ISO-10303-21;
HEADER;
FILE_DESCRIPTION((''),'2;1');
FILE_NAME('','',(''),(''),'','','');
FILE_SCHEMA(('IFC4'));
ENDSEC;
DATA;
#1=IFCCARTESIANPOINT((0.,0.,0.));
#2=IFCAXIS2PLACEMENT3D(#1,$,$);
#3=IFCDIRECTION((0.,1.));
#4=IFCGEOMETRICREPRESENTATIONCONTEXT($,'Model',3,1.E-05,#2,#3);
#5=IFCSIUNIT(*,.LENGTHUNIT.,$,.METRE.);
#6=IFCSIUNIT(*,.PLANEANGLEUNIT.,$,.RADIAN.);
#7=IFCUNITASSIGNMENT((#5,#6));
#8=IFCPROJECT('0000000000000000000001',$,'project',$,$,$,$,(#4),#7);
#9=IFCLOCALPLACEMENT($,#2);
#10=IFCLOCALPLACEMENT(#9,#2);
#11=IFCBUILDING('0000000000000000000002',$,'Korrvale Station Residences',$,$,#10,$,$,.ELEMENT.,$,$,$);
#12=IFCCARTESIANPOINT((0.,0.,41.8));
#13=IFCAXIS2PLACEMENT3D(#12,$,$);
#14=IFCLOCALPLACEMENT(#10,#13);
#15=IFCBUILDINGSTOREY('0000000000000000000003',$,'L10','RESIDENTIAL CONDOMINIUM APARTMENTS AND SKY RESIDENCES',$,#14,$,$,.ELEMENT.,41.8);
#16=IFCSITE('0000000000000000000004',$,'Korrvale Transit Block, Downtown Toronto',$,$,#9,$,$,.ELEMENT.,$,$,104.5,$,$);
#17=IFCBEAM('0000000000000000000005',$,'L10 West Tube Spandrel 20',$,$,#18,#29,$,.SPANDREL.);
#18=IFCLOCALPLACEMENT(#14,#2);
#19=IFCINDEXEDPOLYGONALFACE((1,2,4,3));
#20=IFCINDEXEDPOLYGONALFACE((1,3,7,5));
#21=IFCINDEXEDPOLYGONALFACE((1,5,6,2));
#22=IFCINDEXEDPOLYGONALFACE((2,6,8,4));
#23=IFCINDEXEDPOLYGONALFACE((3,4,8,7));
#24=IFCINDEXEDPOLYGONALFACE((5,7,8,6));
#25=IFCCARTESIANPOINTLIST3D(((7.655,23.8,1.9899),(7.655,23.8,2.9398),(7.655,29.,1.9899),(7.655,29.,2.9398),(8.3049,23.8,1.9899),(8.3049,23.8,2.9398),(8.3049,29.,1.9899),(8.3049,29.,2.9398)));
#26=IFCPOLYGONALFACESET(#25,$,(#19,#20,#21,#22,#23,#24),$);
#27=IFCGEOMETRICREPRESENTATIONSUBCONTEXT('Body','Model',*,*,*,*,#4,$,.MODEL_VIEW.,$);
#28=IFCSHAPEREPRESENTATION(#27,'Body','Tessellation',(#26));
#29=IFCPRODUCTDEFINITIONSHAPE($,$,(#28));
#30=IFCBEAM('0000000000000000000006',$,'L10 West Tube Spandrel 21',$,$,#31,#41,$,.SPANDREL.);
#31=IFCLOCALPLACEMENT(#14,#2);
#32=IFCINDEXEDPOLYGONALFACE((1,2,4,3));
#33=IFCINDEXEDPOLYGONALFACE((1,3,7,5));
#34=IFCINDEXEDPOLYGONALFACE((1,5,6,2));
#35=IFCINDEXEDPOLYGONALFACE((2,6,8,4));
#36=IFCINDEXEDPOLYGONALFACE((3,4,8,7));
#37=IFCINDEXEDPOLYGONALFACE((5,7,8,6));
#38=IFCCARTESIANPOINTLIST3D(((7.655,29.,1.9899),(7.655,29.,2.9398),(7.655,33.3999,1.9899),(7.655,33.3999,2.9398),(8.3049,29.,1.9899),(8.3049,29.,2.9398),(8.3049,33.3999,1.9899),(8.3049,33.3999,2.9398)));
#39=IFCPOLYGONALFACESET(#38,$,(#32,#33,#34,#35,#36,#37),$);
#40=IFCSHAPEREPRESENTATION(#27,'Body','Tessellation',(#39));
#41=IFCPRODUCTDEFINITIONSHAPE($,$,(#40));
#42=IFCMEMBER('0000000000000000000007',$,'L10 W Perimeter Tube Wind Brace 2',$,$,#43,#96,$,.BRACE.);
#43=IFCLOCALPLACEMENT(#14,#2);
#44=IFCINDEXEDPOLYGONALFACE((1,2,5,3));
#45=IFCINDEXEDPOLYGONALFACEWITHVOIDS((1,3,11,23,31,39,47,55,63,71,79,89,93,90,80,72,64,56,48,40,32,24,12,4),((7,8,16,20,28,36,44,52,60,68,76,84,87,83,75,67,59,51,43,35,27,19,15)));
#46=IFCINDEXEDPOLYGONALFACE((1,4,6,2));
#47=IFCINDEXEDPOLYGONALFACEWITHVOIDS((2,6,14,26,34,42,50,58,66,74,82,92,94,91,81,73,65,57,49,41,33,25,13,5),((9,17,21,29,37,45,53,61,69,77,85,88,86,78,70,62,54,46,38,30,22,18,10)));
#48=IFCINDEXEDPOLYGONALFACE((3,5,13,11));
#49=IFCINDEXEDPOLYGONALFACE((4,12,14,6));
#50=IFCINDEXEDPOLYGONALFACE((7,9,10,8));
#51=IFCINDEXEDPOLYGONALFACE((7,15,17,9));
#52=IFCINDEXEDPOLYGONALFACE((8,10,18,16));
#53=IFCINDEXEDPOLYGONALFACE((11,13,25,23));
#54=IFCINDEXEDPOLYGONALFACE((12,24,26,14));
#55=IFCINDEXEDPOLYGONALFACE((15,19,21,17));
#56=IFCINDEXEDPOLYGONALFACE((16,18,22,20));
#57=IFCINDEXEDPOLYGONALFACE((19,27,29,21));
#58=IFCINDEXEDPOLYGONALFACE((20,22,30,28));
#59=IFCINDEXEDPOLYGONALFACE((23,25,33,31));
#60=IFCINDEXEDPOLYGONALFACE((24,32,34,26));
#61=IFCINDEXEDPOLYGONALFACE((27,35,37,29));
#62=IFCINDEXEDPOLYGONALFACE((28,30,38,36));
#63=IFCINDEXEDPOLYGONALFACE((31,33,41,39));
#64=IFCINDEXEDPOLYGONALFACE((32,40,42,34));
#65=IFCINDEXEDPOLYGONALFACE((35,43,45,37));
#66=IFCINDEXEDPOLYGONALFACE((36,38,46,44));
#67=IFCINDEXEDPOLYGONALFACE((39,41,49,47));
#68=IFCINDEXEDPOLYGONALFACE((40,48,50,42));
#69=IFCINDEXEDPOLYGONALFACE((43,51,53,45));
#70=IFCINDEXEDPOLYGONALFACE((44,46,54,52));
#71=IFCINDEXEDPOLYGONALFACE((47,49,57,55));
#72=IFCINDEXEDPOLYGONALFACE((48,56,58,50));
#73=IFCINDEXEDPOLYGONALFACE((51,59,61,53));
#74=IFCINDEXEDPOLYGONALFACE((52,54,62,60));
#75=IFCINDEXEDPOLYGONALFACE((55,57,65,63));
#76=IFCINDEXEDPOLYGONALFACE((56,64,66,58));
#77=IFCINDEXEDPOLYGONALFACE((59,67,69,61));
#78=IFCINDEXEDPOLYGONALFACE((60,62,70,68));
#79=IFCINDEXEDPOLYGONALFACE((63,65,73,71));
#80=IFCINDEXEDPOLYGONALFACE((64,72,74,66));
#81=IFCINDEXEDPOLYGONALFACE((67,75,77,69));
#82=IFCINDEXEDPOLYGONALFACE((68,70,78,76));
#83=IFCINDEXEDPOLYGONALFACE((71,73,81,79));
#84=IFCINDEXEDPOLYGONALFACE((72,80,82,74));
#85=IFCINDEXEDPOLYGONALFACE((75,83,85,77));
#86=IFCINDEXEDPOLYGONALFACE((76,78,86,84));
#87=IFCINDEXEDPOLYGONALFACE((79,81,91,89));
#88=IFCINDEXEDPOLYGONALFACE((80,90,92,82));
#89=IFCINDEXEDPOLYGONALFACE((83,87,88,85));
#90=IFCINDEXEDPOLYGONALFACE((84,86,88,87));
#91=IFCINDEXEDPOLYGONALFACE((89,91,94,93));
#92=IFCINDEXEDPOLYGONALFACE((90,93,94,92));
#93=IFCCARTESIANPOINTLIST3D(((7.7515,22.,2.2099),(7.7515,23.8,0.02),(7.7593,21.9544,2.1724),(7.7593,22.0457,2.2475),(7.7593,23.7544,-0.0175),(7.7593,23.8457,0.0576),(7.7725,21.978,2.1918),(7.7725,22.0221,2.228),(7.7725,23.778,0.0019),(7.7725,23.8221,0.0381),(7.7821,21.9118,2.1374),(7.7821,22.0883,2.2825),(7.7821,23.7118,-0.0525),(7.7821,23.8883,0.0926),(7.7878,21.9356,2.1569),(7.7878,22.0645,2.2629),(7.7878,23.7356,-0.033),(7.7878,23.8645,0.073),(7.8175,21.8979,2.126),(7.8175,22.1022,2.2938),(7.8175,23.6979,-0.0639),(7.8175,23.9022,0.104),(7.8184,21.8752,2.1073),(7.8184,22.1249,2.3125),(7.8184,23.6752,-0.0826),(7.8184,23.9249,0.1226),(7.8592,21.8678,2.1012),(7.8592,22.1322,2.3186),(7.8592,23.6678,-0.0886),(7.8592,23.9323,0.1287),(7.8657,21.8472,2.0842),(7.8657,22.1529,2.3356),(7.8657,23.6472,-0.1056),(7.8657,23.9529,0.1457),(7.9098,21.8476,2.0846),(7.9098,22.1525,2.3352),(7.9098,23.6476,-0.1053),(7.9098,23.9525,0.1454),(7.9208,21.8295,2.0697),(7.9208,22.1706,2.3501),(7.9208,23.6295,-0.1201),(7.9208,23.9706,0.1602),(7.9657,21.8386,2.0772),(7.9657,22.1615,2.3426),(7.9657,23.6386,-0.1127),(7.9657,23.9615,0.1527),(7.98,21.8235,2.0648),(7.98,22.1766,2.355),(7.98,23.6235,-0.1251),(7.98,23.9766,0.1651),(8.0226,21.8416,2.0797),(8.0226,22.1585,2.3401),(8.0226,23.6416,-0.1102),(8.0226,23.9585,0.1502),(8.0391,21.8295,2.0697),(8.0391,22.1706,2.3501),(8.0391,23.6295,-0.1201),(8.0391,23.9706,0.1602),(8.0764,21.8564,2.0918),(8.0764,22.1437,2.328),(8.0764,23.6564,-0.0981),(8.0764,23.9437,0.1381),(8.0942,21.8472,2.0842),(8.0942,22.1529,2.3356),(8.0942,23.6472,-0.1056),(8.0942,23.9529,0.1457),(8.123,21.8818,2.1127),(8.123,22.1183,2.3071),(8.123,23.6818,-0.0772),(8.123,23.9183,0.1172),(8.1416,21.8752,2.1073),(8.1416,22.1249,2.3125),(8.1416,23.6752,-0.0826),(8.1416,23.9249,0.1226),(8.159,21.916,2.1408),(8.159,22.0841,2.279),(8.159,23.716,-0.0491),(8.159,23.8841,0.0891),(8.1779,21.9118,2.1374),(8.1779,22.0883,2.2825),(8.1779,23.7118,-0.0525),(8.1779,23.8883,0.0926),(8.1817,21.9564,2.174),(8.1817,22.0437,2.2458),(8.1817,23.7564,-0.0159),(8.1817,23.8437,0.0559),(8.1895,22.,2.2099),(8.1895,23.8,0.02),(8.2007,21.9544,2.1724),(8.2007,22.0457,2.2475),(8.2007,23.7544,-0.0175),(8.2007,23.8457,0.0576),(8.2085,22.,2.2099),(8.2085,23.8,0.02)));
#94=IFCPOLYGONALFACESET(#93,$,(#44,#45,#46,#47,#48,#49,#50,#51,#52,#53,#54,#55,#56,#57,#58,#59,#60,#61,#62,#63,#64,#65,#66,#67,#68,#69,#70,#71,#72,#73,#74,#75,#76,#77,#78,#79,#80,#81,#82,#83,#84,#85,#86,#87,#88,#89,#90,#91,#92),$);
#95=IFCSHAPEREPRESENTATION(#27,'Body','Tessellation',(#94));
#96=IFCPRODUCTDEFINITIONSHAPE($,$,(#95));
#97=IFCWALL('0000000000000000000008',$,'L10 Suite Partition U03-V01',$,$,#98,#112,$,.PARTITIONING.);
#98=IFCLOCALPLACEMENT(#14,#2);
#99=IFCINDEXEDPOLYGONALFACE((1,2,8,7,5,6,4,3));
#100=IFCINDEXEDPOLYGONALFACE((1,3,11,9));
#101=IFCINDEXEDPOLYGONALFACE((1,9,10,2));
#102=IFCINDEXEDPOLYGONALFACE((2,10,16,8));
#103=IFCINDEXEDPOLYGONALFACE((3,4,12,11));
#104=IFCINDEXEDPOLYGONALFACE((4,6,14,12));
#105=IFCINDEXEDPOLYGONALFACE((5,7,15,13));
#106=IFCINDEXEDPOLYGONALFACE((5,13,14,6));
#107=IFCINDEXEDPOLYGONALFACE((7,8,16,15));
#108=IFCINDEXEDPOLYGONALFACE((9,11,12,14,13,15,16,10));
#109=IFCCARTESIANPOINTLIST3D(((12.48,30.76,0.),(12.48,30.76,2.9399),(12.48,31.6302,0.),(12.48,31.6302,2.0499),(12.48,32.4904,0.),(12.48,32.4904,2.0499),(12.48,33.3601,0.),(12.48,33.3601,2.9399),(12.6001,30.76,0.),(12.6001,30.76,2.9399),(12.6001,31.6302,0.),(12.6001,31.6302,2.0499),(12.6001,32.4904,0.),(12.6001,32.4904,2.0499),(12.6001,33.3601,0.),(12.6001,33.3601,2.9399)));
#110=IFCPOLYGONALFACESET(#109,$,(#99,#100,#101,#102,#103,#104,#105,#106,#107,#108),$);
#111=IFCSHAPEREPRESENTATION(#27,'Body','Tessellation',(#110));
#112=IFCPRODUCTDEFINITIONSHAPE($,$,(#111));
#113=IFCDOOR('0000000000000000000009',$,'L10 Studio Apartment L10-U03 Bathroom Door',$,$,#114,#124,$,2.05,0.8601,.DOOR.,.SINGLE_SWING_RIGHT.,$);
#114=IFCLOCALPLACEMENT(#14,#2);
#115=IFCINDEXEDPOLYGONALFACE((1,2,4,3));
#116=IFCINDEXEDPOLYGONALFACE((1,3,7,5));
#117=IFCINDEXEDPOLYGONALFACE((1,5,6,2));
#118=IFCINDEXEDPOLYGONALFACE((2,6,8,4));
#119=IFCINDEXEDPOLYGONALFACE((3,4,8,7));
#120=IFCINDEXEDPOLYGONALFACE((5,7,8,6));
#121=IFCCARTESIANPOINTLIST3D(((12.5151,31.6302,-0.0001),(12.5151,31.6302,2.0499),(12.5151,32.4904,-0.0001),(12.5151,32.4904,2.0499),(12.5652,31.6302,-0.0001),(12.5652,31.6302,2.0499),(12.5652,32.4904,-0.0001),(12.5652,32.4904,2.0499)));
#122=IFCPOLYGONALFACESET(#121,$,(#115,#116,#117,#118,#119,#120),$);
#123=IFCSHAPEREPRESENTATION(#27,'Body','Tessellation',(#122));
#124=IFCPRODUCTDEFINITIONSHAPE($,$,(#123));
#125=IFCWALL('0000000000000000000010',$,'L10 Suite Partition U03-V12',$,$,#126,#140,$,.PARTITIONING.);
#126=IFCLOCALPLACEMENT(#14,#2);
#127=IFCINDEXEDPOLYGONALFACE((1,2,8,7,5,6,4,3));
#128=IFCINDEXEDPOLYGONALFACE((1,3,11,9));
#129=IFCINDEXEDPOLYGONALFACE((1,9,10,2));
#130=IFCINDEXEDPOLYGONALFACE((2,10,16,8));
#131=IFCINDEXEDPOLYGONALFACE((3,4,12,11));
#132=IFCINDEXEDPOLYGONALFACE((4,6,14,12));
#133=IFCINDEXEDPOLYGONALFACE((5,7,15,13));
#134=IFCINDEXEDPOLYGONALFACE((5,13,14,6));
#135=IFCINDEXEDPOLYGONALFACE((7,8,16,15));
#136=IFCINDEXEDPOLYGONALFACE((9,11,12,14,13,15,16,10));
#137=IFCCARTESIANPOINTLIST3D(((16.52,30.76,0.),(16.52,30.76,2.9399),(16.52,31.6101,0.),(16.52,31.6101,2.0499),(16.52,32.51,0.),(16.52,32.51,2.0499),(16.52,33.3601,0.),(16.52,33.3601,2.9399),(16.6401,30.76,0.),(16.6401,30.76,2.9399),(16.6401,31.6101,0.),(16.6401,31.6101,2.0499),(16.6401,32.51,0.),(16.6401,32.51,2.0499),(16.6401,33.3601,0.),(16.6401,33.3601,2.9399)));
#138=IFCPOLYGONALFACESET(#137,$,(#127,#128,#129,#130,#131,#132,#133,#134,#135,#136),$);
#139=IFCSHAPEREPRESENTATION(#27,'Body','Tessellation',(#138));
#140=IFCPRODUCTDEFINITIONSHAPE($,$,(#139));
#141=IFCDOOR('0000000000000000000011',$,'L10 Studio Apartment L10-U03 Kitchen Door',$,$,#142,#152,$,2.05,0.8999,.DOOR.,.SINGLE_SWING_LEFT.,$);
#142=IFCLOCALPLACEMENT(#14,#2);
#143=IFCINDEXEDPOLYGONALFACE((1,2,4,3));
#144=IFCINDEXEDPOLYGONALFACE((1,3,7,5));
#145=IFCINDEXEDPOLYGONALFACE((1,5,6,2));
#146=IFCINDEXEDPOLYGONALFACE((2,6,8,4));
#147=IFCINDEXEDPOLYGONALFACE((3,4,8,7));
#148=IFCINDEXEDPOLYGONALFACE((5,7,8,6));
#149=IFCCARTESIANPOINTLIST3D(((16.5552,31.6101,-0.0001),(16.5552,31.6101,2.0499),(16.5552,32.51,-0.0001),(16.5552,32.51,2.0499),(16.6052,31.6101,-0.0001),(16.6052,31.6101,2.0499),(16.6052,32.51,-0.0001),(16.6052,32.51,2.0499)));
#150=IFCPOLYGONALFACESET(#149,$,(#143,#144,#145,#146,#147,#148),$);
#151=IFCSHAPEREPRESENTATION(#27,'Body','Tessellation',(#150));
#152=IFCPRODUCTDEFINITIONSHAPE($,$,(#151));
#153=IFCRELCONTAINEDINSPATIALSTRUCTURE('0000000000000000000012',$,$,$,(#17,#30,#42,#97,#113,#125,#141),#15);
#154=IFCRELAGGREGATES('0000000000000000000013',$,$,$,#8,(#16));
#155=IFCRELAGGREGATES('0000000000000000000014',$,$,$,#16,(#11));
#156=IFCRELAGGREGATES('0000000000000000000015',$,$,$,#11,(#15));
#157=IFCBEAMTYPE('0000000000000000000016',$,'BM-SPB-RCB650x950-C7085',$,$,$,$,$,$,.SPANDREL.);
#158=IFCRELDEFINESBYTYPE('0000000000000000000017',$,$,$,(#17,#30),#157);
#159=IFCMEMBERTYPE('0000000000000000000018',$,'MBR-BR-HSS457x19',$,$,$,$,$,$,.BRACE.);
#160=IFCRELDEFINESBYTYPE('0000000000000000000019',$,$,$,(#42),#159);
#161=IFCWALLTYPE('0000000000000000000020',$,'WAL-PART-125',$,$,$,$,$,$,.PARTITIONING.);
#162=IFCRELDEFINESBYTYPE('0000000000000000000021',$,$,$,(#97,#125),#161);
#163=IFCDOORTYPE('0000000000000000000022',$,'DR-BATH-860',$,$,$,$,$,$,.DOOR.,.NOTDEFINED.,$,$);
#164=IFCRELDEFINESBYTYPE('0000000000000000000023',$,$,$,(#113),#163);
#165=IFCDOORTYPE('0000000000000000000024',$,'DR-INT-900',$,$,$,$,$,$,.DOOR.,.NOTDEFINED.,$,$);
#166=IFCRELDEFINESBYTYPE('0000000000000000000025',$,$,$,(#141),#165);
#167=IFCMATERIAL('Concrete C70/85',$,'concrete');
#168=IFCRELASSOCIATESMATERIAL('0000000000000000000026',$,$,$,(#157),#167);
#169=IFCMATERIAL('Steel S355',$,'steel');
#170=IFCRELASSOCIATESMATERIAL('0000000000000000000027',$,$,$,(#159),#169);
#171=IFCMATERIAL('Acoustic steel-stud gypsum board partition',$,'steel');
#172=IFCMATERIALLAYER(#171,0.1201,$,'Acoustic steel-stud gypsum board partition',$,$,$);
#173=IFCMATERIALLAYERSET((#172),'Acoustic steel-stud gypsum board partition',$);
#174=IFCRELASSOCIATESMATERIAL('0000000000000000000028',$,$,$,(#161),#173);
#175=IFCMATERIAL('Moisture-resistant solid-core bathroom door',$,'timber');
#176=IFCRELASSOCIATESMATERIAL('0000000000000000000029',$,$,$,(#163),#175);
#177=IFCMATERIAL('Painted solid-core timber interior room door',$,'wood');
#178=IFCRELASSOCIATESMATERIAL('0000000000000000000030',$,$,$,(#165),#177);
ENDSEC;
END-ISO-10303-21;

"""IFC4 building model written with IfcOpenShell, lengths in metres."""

from ifc_helpers import new_model, si_unit, direction, frame, frame_2d, origin, origin_2d, place, context, subcontext, project, spatial, rectangle, hollow_circle, extrude, material, layer, layer_set, material_profile, profile_set, type_object, element, fill, save


model = new_model("IFC4")

# Units and contexts
model_context = context("Model", 3, precision=1e-05, world=origin(), true_north=direction((0.0, 1.0)))
body_context = subcontext(model_context, "Body", "Model", "MODEL_VIEW")
ifc_project = project(units=[si_unit("LENGTHUNIT", "METRE"), si_unit("PLANEANGLEUNIT", "RADIAN")], contexts=[model_context])

# Site, building, storey
site_placement = place(None, origin())
site = spatial("IfcSite", under=ifc_project, at=site_placement, Name="Korrvale Transit Block, Downtown Toronto", CompositionType="ELEMENT", RefElevation=104.5)
building_placement = place(site_placement, origin())
building = spatial("IfcBuilding", under=site, at=building_placement, Name="Korrvale Station Residences", CompositionType="ELEMENT")
storey_placement = place(building_placement, frame((0.0, 0.0, 41.8)))
storey = spatial("IfcBuildingStorey", under=building, at=storey_placement, Name="L10", Description="RESIDENTIAL CONDOMINIUM APARTMENTS AND SKY RESIDENCES", CompositionType="ELEMENT", Elevation=41.8)

# Shared definitions
ifc_material_1 = material(Name="Concrete C70/85", Category="concrete")

# Beams
ifc_material_2 = material(Name="Steel S355", Category="steel")
ifc_material_profile_1 = material_profile(ifc_material_1, rectangle(XDim=0.6499, YDim=0.95, at=origin_2d()), Name="RCB650x950")
ifc_profile_set_1 = profile_set([ifc_material_profile_1], Name="Concrete C70/85")
beam_type_1 = type_object("IfcBeamType", Name="BM-SPB-RCB650x950-C7085", PredefinedType="SPANDREL", material=ifc_profile_set_1)
beam_1_placement = place(storey_placement, frame((7.98, 23.8, 2.4648), z_axis=(0.0, 1.0, 0.0), x_axis=(-1.0, 0.0, 0.0)))
element("IfcBeam", 1, at=beam_1_placement, inside=storey, type_object=beam_type_1, Name="L10 West Tube Spandrel 20", PredefinedType="SPANDREL", context=body_context, shape_type="SweptSolid", body=[
    extrude(rectangle(XDim=0.6499, YDim=0.95, at=origin_2d()), origin(), (0.0, 0.0, 1.0), 5.2),
])
beam_2_placement = place(storey_placement, frame((7.98, 29.0, 2.4648), z_axis=(0.0, 1.0, 0.0), x_axis=(-1.0, 0.0, 0.0)))
element("IfcBeam", 2, at=beam_2_placement, inside=storey, type_object=beam_type_1, Name="L10 West Tube Spandrel 21", PredefinedType="SPANDREL", context=body_context, shape_type="SweptSolid", body=[
    extrude(rectangle(XDim=0.6499, YDim=0.95, at=origin_2d()), origin(), (0.0, 0.0, 1.0), 4.3999),
])

# Member
ifc_material_profile_2 = material_profile(ifc_material_2, hollow_circle(Radius=0.2285, WallThickness=0.019, at=origin_2d()), Name="HSS457x19")
ifc_profile_set_2 = profile_set([ifc_material_profile_2], Name="Steel S355")
member_type = type_object("IfcMemberType", Name="MBR-BR-HSS457x19", PredefinedType="BRACE", material=ifc_profile_set_2)
member_placement = place(storey_placement, frame((7.98, 23.8, 0.02), z_axis=(0.0, -0.634985, 0.772524), x_axis=(1.0, 0.0, 0.0)))
element("IfcMember", 3, at=member_placement, inside=storey, type_object=member_type, Name="L10 W Perimeter Tube Wind Brace 2", PredefinedType="BRACE", context=body_context, shape_type="SweptSolid", body=[
    extrude(hollow_circle(Radius=0.2285, WallThickness=0.019, at=origin_2d()), origin(), (0.0, 0.0, 1.0), 2.8347),
])

# Walls, openings, doors
ifc_material_3 = material(Name="Acoustic steel-stud gypsum board partition", Category="steel")
ifc_layer_1 = layer(ifc_material_3, 0.1201, Name="Acoustic steel-stud gypsum board partition")
ifc_layer_set_1 = layer_set([ifc_layer_1], Name="Acoustic steel-stud gypsum board partition")
wall_type_1 = type_object("IfcWallType", Name="WAL-PART-125", PredefinedType="PARTITIONING", material=ifc_layer_set_1)
wall_1_placement = place(storey_placement, frame((12.54, 30.76, 0.0), z_axis=(0.0, 0.0, 1.0), x_axis=(0.0, 1.0, 0.0)))
wall_1 = element("IfcWall", 4, at=wall_1_placement, inside=storey, type_object=wall_type_1, Name="L10 Suite Partition U03-V01", PredefinedType="PARTITIONING", context=body_context, shape_type="SweptSolid", body=[
    extrude(rectangle(XDim=2.6001, YDim=0.1201, at=frame_2d((1.3, 0.0))), origin(), (0.0, 0.0, 1.0), 2.9399),
])
opening_1_placement = place(wall_1_placement, frame((0.8701, 0.0, 0.0)))
opening_1 = element("IfcOpeningElement", 5, at=opening_1_placement, cuts=wall_1, PredefinedType="OPENING", context=body_context, shape_type="SweptSolid", body=[
    extrude(rectangle(XDim=0.8601, YDim=2.05, at=frame_2d((0.4302, 1.0249))), frame((0.0, 0.0701, 0.0), z_axis=(0.0, -1.0, 0.0), x_axis=(1.0, 0.0, 0.0)), (0.0, 0.0, 1.0), 0.1401),
])
ifc_material_4 = material(Name="Moisture-resistant solid-core bathroom door", Category="timber")
door_type_1 = type_object("IfcDoorType", Name="DR-BATH-860", OperationType="NOTDEFINED", PredefinedType="DOOR", material=ifc_material_4)
door_1_placement = place(opening_1_placement, origin())
door_1 = element("IfcDoor", 6, at=door_1_placement, inside=storey, type_object=door_type_1, Name="L10 Studio Apartment L10-U03 Bathroom Door", OperationType="SINGLE_SWING_RIGHT", OverallHeight=2.05, OverallWidth=0.8601, PredefinedType="DOOR", context=body_context, shape_type="SweptSolid", body=[
    extrude(rectangle(XDim=0.8601, YDim=2.05, at=frame_2d((0.4302, 1.0249))), frame((0.0, 0.0249, 0.0), z_axis=(0.0, -1.0, 0.0), x_axis=(1.0, 0.0, 0.0)), (0.0, 0.0, 1.0), 0.05),
])
fill(opening_1, door_1)
wall_2_placement = place(storey_placement, frame((16.5801, 30.76, 0.0), z_axis=(0.0, 0.0, 1.0), x_axis=(0.0, 1.0, 0.0)))
wall_2 = element("IfcWall", 7, at=wall_2_placement, inside=storey, type_object=wall_type_1, Name="L10 Suite Partition U03-V12", PredefinedType="PARTITIONING", context=body_context, shape_type="SweptSolid", body=[
    extrude(rectangle(XDim=2.6001, YDim=0.1201, at=frame_2d((1.3, 0.0))), origin(), (0.0, 0.0, 1.0), 2.9399),
])
opening_2_placement = place(wall_2_placement, frame((0.8501, 0.0, 0.0)))
opening_2 = element("IfcOpeningElement", 8, at=opening_2_placement, cuts=wall_2, PredefinedType="OPENING", context=body_context, shape_type="SweptSolid", body=[
    extrude(rectangle(XDim=0.8999, YDim=2.05, at=frame_2d((0.45, 1.0249))), frame((0.0, 0.0701, 0.0), z_axis=(0.0, -1.0, 0.0), x_axis=(1.0, 0.0, 0.0)), (0.0, 0.0, 1.0), 0.1401),
])
ifc_material_5 = material(Name="Painted solid-core timber interior room door", Category="wood")
door_type_2 = type_object("IfcDoorType", Name="DR-INT-900", OperationType="NOTDEFINED", PredefinedType="DOOR", material=ifc_material_5)
door_2_placement = place(opening_2_placement, origin())
door_2 = element("IfcDoor", 9, at=door_2_placement, inside=storey, type_object=door_type_2, Name="L10 Studio Apartment L10-U03 Kitchen Door", OperationType="SINGLE_SWING_LEFT", OverallHeight=2.05, OverallWidth=0.8999, PredefinedType="DOOR", context=body_context, shape_type="SweptSolid", body=[
    extrude(rectangle(XDim=0.8999, YDim=2.05, at=frame_2d((0.45, 1.0249))), frame((0.0, 0.0249, 0.0), z_axis=(0.0, -1.0, 0.0), x_axis=(1.0, 0.0, 0.0)), (0.0, 0.0, 1.0), 0.05),
])
fill(opening_2, door_2)

save(model, "model.ifc")
